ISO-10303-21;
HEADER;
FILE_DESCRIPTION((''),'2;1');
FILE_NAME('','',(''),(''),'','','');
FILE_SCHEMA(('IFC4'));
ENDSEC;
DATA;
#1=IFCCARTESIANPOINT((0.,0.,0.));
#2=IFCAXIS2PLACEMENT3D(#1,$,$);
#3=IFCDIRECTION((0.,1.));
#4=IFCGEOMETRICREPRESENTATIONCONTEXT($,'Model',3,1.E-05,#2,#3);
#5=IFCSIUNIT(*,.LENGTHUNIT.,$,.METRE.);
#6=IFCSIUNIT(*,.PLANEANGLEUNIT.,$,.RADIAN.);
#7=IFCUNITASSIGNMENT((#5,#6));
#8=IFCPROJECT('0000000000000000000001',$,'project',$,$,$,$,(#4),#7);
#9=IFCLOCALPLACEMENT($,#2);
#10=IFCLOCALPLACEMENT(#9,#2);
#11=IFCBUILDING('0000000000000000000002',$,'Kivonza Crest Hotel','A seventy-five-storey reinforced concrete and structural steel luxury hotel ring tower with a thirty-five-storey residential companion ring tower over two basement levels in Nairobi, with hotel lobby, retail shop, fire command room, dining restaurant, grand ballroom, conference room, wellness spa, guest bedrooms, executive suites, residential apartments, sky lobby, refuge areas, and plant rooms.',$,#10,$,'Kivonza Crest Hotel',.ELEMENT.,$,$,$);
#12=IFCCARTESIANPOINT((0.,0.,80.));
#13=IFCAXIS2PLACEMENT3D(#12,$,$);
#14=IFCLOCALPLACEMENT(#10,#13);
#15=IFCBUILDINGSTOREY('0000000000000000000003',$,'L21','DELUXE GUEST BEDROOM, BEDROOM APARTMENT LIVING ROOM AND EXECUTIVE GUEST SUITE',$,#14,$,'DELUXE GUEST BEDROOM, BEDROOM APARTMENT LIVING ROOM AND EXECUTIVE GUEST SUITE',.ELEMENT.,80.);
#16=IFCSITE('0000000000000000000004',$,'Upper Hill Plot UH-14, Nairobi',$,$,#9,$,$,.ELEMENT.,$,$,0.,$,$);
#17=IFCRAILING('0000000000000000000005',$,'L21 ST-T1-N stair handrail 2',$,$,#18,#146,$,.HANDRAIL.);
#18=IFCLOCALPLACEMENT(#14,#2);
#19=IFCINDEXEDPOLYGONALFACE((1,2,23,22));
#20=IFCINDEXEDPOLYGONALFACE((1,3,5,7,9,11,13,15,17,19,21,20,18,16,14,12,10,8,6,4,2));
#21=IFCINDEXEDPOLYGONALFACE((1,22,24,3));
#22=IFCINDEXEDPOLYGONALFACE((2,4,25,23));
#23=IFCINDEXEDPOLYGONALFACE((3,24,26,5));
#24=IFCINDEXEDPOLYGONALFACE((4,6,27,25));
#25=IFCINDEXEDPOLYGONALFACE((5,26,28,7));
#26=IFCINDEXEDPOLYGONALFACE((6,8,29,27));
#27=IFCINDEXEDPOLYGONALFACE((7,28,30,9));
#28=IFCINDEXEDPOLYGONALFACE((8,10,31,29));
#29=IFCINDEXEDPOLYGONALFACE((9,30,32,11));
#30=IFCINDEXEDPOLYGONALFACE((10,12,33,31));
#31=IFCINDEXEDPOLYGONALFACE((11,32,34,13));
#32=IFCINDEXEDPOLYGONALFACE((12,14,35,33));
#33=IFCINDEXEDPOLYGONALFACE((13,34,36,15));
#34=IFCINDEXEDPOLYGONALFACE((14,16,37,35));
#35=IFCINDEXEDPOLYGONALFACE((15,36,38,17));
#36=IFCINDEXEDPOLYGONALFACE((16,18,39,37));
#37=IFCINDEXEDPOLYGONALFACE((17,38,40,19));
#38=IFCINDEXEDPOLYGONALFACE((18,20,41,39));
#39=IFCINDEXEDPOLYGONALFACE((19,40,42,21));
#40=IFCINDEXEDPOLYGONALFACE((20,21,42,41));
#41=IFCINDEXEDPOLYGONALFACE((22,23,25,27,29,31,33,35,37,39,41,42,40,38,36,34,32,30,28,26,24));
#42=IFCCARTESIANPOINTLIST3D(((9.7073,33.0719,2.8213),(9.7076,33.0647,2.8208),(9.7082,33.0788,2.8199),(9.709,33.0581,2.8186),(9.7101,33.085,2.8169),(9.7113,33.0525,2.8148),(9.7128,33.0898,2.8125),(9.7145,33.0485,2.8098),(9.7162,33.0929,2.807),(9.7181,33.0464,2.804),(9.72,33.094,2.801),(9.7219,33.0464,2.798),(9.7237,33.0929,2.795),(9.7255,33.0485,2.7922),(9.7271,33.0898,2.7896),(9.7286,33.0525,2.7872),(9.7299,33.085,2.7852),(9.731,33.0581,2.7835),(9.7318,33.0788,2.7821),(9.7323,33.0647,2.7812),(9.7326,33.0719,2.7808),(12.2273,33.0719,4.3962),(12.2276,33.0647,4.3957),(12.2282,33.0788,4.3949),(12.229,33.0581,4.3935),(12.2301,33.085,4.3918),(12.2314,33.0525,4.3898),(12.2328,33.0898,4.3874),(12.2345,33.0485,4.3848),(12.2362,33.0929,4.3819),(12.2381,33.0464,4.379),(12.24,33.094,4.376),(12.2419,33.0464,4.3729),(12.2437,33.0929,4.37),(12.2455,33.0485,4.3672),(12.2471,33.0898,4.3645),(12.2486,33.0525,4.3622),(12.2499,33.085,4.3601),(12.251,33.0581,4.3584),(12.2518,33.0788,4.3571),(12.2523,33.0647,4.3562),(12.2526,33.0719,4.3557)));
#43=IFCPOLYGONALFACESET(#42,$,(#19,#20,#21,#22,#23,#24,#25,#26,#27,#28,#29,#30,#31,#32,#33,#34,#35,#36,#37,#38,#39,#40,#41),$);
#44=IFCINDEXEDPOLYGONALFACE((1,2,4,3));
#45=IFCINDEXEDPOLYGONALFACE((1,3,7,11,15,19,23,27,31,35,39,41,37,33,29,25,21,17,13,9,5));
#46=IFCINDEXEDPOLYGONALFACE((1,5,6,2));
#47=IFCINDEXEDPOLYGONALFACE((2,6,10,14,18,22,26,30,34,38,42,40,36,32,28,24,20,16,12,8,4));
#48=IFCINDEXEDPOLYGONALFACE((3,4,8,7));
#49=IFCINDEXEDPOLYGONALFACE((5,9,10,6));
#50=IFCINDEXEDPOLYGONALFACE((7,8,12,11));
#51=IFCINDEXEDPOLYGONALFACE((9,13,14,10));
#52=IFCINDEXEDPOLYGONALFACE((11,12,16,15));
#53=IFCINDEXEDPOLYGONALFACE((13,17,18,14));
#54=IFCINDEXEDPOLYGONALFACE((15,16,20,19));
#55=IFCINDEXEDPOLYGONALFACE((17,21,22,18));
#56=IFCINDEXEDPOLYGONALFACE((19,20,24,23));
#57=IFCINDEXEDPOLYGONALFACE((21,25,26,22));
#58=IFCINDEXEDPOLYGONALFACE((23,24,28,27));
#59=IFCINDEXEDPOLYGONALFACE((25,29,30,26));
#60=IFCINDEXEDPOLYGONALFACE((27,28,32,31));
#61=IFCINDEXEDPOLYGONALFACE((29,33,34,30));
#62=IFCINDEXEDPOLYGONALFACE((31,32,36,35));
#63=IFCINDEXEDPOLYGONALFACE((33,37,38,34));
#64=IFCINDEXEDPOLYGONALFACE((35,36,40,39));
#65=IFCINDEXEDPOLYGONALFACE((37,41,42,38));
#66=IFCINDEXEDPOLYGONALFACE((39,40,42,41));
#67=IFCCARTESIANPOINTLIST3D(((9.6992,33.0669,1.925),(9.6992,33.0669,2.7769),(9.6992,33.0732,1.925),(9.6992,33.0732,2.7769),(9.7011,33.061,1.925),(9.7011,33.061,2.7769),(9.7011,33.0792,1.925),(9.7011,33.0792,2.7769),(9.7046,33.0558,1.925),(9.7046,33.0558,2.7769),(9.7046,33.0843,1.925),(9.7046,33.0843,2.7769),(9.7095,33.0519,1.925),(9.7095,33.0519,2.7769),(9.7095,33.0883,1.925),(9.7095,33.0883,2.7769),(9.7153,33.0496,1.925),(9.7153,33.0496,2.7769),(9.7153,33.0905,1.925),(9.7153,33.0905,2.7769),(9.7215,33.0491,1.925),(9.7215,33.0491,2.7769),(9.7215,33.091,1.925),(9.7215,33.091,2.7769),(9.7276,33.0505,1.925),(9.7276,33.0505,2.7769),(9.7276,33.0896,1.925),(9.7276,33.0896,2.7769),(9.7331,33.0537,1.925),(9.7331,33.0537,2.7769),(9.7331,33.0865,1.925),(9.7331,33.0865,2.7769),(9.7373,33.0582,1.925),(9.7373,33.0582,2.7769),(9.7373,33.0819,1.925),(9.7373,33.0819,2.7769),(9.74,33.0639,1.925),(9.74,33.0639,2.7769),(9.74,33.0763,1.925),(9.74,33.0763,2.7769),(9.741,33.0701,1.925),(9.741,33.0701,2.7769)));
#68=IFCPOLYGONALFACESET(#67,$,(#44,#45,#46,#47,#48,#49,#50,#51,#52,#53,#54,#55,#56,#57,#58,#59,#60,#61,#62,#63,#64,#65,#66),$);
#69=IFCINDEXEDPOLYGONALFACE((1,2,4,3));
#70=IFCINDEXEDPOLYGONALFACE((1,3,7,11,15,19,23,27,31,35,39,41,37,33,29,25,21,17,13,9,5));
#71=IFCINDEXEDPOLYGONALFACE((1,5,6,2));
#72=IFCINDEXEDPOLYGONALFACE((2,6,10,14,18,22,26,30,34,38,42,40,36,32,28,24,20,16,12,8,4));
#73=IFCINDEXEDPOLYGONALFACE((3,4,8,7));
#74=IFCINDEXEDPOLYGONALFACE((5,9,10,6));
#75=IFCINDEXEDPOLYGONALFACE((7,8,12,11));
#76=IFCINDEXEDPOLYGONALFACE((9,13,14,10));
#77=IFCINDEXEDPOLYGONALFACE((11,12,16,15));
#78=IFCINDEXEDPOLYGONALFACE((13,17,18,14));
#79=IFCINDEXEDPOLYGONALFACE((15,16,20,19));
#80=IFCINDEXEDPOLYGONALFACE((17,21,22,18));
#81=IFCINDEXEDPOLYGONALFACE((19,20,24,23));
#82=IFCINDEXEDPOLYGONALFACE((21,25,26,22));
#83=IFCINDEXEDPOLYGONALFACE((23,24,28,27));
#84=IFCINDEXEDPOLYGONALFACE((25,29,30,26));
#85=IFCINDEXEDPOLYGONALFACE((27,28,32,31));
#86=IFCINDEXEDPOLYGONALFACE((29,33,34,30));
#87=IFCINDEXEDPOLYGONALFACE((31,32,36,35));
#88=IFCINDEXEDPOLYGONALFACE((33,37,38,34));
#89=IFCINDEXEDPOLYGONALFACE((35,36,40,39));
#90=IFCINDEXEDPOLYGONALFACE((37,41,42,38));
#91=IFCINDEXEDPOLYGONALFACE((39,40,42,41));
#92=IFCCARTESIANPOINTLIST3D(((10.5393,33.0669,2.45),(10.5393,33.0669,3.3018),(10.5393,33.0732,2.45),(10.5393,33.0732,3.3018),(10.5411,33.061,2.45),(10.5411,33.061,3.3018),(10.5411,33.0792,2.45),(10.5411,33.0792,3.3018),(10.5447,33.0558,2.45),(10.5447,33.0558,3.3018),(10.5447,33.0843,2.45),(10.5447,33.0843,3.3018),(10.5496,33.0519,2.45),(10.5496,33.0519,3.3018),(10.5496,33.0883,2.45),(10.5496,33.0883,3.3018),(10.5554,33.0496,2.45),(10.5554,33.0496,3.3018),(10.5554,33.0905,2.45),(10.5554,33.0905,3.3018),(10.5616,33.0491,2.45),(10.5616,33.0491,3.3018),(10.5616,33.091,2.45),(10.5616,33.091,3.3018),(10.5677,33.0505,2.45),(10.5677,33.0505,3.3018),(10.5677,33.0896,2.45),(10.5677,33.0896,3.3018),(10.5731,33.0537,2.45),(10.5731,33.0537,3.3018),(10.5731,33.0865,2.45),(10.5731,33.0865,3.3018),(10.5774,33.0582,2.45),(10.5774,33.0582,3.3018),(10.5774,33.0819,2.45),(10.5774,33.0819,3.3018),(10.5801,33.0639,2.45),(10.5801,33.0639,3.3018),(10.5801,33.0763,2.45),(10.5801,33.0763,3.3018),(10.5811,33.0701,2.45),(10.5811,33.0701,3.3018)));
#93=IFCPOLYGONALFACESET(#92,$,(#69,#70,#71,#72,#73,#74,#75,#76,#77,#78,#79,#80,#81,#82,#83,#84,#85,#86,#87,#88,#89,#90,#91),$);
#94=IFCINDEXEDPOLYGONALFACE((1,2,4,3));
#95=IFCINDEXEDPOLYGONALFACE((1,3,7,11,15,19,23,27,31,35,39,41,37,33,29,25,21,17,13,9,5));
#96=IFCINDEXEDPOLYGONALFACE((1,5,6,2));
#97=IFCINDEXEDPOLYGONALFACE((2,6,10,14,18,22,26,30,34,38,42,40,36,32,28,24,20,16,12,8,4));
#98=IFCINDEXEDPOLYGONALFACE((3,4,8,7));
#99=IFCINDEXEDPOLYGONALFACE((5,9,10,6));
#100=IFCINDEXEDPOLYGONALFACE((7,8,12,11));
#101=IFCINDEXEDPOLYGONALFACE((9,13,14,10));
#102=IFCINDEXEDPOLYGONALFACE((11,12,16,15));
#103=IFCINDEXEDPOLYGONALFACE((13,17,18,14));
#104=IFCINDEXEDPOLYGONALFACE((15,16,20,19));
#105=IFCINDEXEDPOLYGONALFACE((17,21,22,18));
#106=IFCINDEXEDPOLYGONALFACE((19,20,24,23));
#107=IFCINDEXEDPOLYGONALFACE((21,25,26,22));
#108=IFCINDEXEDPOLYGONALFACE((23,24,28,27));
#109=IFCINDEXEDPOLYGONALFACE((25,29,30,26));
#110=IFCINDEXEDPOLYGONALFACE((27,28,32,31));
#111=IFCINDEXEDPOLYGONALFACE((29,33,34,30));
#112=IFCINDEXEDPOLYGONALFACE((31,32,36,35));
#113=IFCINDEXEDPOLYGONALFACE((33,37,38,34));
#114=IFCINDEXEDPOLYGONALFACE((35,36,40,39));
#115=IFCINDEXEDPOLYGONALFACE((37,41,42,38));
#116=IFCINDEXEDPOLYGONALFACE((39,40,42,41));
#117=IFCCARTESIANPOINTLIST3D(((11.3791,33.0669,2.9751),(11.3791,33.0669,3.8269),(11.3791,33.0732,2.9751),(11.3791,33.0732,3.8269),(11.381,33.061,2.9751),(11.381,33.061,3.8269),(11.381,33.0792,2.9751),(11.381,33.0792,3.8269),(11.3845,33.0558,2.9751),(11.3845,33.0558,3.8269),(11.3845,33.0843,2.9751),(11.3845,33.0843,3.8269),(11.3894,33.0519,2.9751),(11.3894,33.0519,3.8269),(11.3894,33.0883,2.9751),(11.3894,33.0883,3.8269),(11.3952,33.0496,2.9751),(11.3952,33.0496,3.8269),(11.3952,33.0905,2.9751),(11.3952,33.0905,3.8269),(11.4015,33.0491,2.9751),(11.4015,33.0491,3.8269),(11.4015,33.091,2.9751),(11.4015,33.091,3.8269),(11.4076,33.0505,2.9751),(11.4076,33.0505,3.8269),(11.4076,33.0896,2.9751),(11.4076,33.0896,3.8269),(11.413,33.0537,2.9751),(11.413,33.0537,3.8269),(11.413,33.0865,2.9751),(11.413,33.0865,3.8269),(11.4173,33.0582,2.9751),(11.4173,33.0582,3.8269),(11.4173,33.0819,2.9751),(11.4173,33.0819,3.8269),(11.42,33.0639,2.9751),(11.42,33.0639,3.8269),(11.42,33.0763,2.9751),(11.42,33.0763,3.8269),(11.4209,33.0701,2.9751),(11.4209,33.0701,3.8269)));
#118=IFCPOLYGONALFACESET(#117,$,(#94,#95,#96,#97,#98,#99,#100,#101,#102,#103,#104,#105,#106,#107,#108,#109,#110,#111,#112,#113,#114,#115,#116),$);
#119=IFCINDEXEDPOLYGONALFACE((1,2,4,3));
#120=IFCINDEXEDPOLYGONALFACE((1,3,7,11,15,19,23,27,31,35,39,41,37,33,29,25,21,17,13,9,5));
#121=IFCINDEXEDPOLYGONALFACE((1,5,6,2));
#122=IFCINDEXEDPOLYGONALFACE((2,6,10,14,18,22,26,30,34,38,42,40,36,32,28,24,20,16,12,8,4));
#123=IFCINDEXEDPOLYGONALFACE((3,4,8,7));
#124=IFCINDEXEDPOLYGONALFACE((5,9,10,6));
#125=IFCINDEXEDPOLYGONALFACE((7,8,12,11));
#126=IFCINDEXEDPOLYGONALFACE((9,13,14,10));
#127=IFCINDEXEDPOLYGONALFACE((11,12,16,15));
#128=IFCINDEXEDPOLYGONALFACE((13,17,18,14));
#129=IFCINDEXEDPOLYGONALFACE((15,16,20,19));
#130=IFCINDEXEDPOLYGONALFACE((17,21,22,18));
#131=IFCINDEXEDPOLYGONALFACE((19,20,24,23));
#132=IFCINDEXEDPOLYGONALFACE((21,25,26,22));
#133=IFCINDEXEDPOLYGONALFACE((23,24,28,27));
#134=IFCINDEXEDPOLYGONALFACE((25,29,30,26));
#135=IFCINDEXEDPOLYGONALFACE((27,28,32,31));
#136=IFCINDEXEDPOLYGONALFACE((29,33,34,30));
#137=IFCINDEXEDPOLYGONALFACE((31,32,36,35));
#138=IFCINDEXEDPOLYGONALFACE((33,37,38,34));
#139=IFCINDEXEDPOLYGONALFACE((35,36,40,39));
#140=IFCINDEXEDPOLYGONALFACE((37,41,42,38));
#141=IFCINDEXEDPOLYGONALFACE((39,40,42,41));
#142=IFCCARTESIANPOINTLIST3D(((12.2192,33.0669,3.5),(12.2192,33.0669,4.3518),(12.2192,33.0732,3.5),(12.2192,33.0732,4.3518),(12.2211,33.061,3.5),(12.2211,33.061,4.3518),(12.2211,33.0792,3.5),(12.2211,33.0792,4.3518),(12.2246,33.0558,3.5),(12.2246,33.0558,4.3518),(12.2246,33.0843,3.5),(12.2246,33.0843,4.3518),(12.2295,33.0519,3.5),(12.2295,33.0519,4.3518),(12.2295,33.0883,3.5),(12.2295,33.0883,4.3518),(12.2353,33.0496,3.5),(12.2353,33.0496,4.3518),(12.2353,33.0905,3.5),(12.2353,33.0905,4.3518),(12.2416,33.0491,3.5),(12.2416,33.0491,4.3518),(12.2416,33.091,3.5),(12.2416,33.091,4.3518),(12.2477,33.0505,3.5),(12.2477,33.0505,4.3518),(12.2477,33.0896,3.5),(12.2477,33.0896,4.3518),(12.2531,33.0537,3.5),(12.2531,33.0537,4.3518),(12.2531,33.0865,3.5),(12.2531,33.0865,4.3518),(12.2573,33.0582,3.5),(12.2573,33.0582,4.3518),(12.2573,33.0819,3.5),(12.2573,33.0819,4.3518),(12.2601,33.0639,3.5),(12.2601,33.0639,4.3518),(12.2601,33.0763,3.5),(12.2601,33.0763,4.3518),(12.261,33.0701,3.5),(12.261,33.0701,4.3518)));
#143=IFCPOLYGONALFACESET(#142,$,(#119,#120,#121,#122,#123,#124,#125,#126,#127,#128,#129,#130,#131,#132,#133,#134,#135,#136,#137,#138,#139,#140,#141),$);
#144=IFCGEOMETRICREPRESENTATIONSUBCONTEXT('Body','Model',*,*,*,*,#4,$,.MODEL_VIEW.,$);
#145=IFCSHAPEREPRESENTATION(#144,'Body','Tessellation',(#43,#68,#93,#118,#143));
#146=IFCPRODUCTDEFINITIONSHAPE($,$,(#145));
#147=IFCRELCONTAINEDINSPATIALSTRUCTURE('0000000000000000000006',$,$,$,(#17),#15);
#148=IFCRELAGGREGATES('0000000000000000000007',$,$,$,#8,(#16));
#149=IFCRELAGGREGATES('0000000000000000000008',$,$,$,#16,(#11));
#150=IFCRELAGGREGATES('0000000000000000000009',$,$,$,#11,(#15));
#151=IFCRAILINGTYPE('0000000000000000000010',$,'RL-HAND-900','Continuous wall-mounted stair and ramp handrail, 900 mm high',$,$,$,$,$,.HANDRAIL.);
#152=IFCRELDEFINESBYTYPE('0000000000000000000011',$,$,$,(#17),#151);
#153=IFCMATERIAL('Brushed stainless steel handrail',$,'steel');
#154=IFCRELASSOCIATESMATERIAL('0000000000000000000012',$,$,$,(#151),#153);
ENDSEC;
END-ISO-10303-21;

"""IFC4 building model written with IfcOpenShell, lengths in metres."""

from ifc_helpers import new_model, si_unit, direction, frame, origin, origin_2d, place, context, subcontext, project, spatial, circle, extrude, material, type_object, element, save


model = new_model("IFC4")

# Units and contexts
model_context = context("Model", 3, precision=1e-05, world=origin(), true_north=direction((0.0, 1.0)))
body_context = subcontext(model_context, "Body", "Model", "MODEL_VIEW")
ifc_project = project(units=[si_unit("LENGTHUNIT", "METRE"), si_unit("PLANEANGLEUNIT", "RADIAN")], contexts=[model_context])

# Site, building, storey
site_placement = place(None, origin())
site = spatial("IfcSite", under=ifc_project, at=site_placement, Name="Upper Hill Plot UH-14, Nairobi", CompositionType="ELEMENT", RefElevation=0.0)
building_placement = place(site_placement, origin())
building = spatial("IfcBuilding", under=site, at=building_placement, Name="Kivonza Crest Hotel", Description="A seventy-five-storey reinforced concrete and structural steel luxury hotel ring tower with a thirty-five-storey residential companion ring tower over two basement levels in Nairobi, with hotel lobby, retail shop, fire command room, dining restaurant, grand ballroom, conference room, wellness spa, guest bedrooms, executive suites, residential apartments, sky lobby, refuge areas, and plant rooms.", LongName="Kivonza Crest Hotel", CompositionType="ELEMENT")
storey_placement = place(building_placement, frame((0.0, 0.0, 80.0)))
storey = spatial("IfcBuildingStorey", under=building, at=storey_placement, Name="L21", Description="DELUXE GUEST BEDROOM, BEDROOM APARTMENT LIVING ROOM AND EXECUTIVE GUEST SUITE", LongName="DELUXE GUEST BEDROOM, BEDROOM APARTMENT LIVING ROOM AND EXECUTIVE GUEST SUITE", CompositionType="ELEMENT", Elevation=80.0)

# Railing
ifc_material_1 = material(Name="Brushed stainless steel handrail", Category="steel")
railing_type_1 = type_object("IfcRailingType", Name="RL-HAND-900", Description="Continuous wall-mounted stair and ramp handrail, 900 mm high", PredefinedType="HANDRAIL", material=ifc_material_1)
railing_1_placement = place(storey_placement, frame((9.72, 33.0701, 1.925)))
element("IfcRailing", 1, at=railing_1_placement, inside=storey, type_object=railing_type_1, Name="L21 ST-T1-N stair handrail 2", PredefinedType="HANDRAIL", context=body_context, shape_type="SweptSolid", body=[
    extrude(circle(Radius=0.0239, at=origin_2d()), frame((0.0, 0.0, 0.876), z_axis=(0.848008, 0.0, 0.529984), x_axis=(0.0, 1.0, 0.0)), (0.0, 0.0, 1.0), 2.9717),
    extrude(circle(Radius=0.021, at=origin_2d()), origin(), (0.0, 0.0, 1.0), 0.8518),
    extrude(circle(Radius=0.021, at=origin_2d()), frame((0.8401, 0.0, 0.5249)), (0.0, 0.0, 1.0), 0.8518),
    extrude(circle(Radius=0.021, at=origin_2d()), frame((1.6799, 0.0, 1.05)), (0.0, 0.0, 1.0), 0.8518),
    extrude(circle(Radius=0.021, at=origin_2d()), frame((2.52, 0.0, 1.575)), (0.0, 0.0, 1.0), 0.8518),
])

save(model, "model.ifc")
